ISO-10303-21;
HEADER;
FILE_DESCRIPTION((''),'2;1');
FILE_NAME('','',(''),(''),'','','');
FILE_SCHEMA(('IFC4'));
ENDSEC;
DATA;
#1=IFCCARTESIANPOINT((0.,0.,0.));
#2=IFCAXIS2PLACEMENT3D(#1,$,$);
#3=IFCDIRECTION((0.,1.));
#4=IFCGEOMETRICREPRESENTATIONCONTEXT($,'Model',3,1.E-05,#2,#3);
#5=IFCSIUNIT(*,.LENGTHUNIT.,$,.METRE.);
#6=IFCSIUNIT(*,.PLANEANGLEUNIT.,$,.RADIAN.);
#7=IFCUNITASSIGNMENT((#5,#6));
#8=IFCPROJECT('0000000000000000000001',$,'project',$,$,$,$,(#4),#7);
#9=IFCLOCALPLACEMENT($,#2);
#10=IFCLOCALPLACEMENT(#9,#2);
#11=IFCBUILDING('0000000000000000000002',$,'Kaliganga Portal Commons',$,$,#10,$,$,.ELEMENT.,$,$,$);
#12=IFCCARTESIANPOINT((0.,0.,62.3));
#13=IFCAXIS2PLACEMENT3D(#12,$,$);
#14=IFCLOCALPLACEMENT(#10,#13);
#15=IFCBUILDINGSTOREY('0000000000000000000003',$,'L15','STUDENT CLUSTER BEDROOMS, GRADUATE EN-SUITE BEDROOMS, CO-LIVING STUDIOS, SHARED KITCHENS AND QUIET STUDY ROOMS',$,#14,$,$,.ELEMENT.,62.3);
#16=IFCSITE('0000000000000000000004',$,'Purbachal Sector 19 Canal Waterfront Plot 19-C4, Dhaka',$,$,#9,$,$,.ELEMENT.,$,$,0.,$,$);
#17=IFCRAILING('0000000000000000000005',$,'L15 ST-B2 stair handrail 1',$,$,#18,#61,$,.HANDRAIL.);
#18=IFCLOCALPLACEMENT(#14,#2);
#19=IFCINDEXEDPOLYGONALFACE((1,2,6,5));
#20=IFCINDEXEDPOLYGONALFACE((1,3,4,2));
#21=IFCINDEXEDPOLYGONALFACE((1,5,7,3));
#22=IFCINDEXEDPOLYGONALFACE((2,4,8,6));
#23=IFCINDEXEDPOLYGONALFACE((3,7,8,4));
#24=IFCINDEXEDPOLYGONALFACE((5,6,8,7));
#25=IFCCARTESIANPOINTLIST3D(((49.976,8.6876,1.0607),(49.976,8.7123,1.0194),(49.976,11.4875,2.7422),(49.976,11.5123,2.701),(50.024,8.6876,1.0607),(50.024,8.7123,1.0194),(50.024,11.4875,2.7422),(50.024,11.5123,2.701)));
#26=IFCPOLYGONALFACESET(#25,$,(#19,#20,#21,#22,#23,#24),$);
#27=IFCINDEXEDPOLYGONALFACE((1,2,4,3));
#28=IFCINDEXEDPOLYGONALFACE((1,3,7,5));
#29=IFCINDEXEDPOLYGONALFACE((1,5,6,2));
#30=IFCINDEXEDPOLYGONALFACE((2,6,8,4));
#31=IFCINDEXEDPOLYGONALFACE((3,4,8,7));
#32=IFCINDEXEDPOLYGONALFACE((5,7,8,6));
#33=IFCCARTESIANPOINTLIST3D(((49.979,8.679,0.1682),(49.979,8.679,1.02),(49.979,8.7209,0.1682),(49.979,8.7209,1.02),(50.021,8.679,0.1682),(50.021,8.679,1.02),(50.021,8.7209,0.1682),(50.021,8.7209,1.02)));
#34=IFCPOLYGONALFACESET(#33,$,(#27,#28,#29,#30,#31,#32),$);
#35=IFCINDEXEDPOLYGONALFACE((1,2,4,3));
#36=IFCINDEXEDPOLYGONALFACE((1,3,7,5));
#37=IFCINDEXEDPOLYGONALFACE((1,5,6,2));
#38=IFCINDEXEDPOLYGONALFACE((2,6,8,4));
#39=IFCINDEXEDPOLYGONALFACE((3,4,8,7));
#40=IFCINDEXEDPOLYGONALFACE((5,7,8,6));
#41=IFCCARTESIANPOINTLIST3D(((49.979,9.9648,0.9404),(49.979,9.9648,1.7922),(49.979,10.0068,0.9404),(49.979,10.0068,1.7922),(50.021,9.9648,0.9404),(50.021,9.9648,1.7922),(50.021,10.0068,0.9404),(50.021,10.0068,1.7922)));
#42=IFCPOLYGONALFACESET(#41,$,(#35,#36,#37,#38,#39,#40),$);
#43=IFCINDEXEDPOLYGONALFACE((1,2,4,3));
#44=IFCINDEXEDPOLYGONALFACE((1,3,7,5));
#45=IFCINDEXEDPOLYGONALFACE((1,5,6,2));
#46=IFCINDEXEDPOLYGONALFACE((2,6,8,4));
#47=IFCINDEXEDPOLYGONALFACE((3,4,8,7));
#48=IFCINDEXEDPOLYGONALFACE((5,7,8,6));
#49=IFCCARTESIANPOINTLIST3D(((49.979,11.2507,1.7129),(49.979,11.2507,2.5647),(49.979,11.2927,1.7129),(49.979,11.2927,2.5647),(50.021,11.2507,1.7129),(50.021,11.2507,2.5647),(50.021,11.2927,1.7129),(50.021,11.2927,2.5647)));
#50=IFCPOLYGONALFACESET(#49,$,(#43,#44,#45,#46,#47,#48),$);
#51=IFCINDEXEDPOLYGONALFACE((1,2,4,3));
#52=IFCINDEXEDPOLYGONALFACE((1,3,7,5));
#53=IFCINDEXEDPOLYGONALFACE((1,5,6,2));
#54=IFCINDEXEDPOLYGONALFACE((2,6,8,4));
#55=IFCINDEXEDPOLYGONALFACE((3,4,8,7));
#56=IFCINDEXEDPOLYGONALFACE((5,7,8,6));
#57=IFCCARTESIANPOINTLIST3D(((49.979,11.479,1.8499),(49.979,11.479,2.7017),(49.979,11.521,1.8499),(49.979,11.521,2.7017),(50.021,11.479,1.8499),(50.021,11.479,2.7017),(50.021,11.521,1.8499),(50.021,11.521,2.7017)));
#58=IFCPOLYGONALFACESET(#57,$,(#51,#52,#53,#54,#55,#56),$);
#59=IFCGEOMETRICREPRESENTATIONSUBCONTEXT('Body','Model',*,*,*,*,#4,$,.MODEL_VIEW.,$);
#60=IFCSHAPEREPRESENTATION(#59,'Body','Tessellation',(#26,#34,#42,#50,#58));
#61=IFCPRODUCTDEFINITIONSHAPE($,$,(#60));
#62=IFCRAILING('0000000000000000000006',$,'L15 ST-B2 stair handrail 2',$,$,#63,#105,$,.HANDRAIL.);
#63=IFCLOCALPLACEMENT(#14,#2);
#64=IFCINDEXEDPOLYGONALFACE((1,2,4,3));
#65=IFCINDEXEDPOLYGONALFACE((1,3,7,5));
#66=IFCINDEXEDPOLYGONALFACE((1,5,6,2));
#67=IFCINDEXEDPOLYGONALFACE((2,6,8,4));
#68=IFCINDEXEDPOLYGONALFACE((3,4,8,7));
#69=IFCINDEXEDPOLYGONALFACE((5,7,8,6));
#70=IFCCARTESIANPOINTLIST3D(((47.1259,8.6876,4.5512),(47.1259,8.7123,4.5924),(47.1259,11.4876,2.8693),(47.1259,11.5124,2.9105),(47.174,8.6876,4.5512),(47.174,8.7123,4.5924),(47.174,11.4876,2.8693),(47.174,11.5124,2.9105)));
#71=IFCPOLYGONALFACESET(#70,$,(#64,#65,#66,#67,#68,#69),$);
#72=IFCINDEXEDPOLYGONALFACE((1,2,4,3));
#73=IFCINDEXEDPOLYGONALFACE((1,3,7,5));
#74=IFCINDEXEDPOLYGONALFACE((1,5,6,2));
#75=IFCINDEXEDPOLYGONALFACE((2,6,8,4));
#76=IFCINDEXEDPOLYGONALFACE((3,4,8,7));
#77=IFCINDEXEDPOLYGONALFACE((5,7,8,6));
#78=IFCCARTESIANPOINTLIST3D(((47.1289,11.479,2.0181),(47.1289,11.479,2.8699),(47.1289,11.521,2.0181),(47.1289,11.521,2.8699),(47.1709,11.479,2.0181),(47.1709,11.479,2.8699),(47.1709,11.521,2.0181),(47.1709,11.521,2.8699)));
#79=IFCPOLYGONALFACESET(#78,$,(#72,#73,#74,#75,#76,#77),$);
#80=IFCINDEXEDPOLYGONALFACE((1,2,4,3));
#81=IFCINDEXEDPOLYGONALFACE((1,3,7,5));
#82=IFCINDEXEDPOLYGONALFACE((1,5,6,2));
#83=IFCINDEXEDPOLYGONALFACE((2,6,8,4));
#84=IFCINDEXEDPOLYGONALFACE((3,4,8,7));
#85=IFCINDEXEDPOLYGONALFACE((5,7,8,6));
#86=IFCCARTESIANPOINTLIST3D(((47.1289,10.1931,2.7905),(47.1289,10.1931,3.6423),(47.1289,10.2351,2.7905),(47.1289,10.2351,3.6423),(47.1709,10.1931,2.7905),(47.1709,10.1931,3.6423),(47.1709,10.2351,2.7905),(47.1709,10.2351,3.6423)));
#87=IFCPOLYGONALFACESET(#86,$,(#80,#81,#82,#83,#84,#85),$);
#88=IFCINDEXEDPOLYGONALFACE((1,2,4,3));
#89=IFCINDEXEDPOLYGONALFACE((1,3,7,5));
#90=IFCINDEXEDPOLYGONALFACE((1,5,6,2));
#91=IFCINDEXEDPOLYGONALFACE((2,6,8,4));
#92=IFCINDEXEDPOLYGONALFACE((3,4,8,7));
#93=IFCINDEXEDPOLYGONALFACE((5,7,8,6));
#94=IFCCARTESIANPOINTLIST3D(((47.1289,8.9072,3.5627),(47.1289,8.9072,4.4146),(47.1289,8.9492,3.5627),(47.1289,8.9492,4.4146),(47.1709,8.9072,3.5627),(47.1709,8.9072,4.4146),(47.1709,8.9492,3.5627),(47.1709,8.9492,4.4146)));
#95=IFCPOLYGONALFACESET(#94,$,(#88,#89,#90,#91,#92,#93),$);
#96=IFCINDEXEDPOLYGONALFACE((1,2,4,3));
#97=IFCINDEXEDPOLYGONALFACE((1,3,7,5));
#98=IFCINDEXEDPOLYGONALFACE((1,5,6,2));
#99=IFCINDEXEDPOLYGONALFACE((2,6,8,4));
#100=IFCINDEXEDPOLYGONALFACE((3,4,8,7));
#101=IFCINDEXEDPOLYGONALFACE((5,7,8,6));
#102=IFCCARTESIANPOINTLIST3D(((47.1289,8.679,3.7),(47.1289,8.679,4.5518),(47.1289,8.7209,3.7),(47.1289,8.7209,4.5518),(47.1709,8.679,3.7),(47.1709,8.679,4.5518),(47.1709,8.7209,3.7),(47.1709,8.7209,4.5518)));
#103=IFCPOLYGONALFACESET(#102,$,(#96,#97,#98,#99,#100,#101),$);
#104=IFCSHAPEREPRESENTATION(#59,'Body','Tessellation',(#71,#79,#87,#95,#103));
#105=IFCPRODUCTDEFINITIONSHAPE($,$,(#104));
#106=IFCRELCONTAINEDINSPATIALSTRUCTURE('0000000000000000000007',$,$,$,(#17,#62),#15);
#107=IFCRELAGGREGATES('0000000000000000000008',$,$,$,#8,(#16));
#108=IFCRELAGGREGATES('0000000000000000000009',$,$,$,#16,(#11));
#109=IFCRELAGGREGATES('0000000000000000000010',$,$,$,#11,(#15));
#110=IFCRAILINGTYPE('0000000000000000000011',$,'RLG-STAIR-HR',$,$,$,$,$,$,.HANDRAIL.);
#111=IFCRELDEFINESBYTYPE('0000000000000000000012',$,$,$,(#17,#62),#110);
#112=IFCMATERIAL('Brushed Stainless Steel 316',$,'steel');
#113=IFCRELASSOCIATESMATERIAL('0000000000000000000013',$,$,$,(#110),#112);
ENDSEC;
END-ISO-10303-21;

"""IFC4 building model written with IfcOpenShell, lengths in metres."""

from ifc_helpers import new_model, si_unit, direction, frame, origin, origin_2d, place, context, subcontext, project, spatial, rectangle, extrude, material, type_object, element, save


model = new_model("IFC4")

# Units and contexts
model_context = context("Model", 3, precision=1e-05, world=origin(), true_north=direction((0.0, 1.0)))
body_context = subcontext(model_context, "Body", "Model", "MODEL_VIEW")
ifc_project = project(units=[si_unit("LENGTHUNIT", "METRE"), si_unit("PLANEANGLEUNIT", "RADIAN")], contexts=[model_context])

# Site, building, storey
site_placement = place(None, origin())
site = spatial("IfcSite", under=ifc_project, at=site_placement, Name="Purbachal Sector 19 Canal Waterfront Plot 19-C4, Dhaka", CompositionType="ELEMENT", RefElevation=0.0)
building_placement = place(site_placement, origin())
building = spatial("IfcBuilding", under=site, at=building_placement, Name="Kaliganga Portal Commons", CompositionType="ELEMENT")
storey_placement = place(building_placement, frame((0.0, 0.0, 62.3)))
storey = spatial("IfcBuildingStorey", under=building, at=storey_placement, Name="L15", Description="STUDENT CLUSTER BEDROOMS, GRADUATE EN-SUITE BEDROOMS, CO-LIVING STUDIOS, SHARED KITCHENS AND QUIET STUDY ROOMS", CompositionType="ELEMENT", Elevation=62.3)

# Railings
ifc_material_1 = material(Name="Brushed Stainless Steel 316", Category="steel")
railing_type_1 = type_object("IfcRailingType", Name="RLG-STAIR-HR", PredefinedType="HANDRAIL", material=ifc_material_1)
railing_1_placement = place(storey_placement, frame((50.0, 8.7, 0.1682)))
element("IfcRailing", 1, at=railing_1_placement, inside=storey, type_object=railing_type_1, Name="L15 ST-B2 stair handrail 1", PredefinedType="HANDRAIL", context=body_context, shape_type="SweptSolid", body=[
    extrude(rectangle(XDim=0.0481, YDim=0.0481, at=origin_2d()), frame((0.0, 0.0, 0.8718), z_axis=(0.0, 0.857275, 0.514858), x_axis=(-1.0, 0.0, 0.0)), (0.0, 0.0, 1.0), 3.2661),
    extrude(rectangle(XDim=0.042, YDim=0.042, at=origin_2d()), origin(), (0.0, 0.0, 1.0), 0.8518),
    extrude(rectangle(XDim=0.042, YDim=0.042, at=origin_2d()), frame((0.0, 1.2859, 0.7722)), (0.0, 0.0, 1.0), 0.8518),
    extrude(rectangle(XDim=0.042, YDim=0.042, at=origin_2d()), frame((0.0, 2.5718, 1.5447)), (0.0, 0.0, 1.0), 0.8518),
    extrude(rectangle(XDim=0.042, YDim=0.042, at=origin_2d()), frame((0.0, 2.8, 1.6816)), (0.0, 0.0, 1.0), 0.8518),
])
railing_2_placement = place(storey_placement, frame((47.1499, 11.5, 2.0181)))
element("IfcRailing", 2, at=railing_2_placement, inside=storey, type_object=railing_type_1, Name="L15 ST-B2 stair handrail 2", PredefinedType="HANDRAIL", context=body_context, shape_type="SweptSolid", body=[
    extrude(rectangle(XDim=0.0481, YDim=0.0481, at=origin_2d()), frame((0.0, 0.0, 0.8718), z_axis=(0.0, -0.857242, 0.514913), x_axis=(1.0, 0.0, 0.0)), (0.0, 0.0, 1.0), 3.2664),
    extrude(rectangle(XDim=0.042, YDim=0.042, at=origin_2d()), origin(), (0.0, 0.0, 1.0), 0.8518),
    extrude(rectangle(XDim=0.042, YDim=0.042, at=origin_2d()), frame((0.0, -1.2859, 0.7725)), (0.0, 0.0, 1.0), 0.8518),
    extrude(rectangle(XDim=0.042, YDim=0.042, at=origin_2d()), frame((0.0, -2.5718, 1.5447)), (0.0, 0.0, 1.0), 0.8518),
    extrude(rectangle(XDim=0.042, YDim=0.042, at=origin_2d()), frame((0.0, -2.8, 1.6819)), (0.0, 0.0, 1.0), 0.8518),
])

save(model, "model.ifc")
